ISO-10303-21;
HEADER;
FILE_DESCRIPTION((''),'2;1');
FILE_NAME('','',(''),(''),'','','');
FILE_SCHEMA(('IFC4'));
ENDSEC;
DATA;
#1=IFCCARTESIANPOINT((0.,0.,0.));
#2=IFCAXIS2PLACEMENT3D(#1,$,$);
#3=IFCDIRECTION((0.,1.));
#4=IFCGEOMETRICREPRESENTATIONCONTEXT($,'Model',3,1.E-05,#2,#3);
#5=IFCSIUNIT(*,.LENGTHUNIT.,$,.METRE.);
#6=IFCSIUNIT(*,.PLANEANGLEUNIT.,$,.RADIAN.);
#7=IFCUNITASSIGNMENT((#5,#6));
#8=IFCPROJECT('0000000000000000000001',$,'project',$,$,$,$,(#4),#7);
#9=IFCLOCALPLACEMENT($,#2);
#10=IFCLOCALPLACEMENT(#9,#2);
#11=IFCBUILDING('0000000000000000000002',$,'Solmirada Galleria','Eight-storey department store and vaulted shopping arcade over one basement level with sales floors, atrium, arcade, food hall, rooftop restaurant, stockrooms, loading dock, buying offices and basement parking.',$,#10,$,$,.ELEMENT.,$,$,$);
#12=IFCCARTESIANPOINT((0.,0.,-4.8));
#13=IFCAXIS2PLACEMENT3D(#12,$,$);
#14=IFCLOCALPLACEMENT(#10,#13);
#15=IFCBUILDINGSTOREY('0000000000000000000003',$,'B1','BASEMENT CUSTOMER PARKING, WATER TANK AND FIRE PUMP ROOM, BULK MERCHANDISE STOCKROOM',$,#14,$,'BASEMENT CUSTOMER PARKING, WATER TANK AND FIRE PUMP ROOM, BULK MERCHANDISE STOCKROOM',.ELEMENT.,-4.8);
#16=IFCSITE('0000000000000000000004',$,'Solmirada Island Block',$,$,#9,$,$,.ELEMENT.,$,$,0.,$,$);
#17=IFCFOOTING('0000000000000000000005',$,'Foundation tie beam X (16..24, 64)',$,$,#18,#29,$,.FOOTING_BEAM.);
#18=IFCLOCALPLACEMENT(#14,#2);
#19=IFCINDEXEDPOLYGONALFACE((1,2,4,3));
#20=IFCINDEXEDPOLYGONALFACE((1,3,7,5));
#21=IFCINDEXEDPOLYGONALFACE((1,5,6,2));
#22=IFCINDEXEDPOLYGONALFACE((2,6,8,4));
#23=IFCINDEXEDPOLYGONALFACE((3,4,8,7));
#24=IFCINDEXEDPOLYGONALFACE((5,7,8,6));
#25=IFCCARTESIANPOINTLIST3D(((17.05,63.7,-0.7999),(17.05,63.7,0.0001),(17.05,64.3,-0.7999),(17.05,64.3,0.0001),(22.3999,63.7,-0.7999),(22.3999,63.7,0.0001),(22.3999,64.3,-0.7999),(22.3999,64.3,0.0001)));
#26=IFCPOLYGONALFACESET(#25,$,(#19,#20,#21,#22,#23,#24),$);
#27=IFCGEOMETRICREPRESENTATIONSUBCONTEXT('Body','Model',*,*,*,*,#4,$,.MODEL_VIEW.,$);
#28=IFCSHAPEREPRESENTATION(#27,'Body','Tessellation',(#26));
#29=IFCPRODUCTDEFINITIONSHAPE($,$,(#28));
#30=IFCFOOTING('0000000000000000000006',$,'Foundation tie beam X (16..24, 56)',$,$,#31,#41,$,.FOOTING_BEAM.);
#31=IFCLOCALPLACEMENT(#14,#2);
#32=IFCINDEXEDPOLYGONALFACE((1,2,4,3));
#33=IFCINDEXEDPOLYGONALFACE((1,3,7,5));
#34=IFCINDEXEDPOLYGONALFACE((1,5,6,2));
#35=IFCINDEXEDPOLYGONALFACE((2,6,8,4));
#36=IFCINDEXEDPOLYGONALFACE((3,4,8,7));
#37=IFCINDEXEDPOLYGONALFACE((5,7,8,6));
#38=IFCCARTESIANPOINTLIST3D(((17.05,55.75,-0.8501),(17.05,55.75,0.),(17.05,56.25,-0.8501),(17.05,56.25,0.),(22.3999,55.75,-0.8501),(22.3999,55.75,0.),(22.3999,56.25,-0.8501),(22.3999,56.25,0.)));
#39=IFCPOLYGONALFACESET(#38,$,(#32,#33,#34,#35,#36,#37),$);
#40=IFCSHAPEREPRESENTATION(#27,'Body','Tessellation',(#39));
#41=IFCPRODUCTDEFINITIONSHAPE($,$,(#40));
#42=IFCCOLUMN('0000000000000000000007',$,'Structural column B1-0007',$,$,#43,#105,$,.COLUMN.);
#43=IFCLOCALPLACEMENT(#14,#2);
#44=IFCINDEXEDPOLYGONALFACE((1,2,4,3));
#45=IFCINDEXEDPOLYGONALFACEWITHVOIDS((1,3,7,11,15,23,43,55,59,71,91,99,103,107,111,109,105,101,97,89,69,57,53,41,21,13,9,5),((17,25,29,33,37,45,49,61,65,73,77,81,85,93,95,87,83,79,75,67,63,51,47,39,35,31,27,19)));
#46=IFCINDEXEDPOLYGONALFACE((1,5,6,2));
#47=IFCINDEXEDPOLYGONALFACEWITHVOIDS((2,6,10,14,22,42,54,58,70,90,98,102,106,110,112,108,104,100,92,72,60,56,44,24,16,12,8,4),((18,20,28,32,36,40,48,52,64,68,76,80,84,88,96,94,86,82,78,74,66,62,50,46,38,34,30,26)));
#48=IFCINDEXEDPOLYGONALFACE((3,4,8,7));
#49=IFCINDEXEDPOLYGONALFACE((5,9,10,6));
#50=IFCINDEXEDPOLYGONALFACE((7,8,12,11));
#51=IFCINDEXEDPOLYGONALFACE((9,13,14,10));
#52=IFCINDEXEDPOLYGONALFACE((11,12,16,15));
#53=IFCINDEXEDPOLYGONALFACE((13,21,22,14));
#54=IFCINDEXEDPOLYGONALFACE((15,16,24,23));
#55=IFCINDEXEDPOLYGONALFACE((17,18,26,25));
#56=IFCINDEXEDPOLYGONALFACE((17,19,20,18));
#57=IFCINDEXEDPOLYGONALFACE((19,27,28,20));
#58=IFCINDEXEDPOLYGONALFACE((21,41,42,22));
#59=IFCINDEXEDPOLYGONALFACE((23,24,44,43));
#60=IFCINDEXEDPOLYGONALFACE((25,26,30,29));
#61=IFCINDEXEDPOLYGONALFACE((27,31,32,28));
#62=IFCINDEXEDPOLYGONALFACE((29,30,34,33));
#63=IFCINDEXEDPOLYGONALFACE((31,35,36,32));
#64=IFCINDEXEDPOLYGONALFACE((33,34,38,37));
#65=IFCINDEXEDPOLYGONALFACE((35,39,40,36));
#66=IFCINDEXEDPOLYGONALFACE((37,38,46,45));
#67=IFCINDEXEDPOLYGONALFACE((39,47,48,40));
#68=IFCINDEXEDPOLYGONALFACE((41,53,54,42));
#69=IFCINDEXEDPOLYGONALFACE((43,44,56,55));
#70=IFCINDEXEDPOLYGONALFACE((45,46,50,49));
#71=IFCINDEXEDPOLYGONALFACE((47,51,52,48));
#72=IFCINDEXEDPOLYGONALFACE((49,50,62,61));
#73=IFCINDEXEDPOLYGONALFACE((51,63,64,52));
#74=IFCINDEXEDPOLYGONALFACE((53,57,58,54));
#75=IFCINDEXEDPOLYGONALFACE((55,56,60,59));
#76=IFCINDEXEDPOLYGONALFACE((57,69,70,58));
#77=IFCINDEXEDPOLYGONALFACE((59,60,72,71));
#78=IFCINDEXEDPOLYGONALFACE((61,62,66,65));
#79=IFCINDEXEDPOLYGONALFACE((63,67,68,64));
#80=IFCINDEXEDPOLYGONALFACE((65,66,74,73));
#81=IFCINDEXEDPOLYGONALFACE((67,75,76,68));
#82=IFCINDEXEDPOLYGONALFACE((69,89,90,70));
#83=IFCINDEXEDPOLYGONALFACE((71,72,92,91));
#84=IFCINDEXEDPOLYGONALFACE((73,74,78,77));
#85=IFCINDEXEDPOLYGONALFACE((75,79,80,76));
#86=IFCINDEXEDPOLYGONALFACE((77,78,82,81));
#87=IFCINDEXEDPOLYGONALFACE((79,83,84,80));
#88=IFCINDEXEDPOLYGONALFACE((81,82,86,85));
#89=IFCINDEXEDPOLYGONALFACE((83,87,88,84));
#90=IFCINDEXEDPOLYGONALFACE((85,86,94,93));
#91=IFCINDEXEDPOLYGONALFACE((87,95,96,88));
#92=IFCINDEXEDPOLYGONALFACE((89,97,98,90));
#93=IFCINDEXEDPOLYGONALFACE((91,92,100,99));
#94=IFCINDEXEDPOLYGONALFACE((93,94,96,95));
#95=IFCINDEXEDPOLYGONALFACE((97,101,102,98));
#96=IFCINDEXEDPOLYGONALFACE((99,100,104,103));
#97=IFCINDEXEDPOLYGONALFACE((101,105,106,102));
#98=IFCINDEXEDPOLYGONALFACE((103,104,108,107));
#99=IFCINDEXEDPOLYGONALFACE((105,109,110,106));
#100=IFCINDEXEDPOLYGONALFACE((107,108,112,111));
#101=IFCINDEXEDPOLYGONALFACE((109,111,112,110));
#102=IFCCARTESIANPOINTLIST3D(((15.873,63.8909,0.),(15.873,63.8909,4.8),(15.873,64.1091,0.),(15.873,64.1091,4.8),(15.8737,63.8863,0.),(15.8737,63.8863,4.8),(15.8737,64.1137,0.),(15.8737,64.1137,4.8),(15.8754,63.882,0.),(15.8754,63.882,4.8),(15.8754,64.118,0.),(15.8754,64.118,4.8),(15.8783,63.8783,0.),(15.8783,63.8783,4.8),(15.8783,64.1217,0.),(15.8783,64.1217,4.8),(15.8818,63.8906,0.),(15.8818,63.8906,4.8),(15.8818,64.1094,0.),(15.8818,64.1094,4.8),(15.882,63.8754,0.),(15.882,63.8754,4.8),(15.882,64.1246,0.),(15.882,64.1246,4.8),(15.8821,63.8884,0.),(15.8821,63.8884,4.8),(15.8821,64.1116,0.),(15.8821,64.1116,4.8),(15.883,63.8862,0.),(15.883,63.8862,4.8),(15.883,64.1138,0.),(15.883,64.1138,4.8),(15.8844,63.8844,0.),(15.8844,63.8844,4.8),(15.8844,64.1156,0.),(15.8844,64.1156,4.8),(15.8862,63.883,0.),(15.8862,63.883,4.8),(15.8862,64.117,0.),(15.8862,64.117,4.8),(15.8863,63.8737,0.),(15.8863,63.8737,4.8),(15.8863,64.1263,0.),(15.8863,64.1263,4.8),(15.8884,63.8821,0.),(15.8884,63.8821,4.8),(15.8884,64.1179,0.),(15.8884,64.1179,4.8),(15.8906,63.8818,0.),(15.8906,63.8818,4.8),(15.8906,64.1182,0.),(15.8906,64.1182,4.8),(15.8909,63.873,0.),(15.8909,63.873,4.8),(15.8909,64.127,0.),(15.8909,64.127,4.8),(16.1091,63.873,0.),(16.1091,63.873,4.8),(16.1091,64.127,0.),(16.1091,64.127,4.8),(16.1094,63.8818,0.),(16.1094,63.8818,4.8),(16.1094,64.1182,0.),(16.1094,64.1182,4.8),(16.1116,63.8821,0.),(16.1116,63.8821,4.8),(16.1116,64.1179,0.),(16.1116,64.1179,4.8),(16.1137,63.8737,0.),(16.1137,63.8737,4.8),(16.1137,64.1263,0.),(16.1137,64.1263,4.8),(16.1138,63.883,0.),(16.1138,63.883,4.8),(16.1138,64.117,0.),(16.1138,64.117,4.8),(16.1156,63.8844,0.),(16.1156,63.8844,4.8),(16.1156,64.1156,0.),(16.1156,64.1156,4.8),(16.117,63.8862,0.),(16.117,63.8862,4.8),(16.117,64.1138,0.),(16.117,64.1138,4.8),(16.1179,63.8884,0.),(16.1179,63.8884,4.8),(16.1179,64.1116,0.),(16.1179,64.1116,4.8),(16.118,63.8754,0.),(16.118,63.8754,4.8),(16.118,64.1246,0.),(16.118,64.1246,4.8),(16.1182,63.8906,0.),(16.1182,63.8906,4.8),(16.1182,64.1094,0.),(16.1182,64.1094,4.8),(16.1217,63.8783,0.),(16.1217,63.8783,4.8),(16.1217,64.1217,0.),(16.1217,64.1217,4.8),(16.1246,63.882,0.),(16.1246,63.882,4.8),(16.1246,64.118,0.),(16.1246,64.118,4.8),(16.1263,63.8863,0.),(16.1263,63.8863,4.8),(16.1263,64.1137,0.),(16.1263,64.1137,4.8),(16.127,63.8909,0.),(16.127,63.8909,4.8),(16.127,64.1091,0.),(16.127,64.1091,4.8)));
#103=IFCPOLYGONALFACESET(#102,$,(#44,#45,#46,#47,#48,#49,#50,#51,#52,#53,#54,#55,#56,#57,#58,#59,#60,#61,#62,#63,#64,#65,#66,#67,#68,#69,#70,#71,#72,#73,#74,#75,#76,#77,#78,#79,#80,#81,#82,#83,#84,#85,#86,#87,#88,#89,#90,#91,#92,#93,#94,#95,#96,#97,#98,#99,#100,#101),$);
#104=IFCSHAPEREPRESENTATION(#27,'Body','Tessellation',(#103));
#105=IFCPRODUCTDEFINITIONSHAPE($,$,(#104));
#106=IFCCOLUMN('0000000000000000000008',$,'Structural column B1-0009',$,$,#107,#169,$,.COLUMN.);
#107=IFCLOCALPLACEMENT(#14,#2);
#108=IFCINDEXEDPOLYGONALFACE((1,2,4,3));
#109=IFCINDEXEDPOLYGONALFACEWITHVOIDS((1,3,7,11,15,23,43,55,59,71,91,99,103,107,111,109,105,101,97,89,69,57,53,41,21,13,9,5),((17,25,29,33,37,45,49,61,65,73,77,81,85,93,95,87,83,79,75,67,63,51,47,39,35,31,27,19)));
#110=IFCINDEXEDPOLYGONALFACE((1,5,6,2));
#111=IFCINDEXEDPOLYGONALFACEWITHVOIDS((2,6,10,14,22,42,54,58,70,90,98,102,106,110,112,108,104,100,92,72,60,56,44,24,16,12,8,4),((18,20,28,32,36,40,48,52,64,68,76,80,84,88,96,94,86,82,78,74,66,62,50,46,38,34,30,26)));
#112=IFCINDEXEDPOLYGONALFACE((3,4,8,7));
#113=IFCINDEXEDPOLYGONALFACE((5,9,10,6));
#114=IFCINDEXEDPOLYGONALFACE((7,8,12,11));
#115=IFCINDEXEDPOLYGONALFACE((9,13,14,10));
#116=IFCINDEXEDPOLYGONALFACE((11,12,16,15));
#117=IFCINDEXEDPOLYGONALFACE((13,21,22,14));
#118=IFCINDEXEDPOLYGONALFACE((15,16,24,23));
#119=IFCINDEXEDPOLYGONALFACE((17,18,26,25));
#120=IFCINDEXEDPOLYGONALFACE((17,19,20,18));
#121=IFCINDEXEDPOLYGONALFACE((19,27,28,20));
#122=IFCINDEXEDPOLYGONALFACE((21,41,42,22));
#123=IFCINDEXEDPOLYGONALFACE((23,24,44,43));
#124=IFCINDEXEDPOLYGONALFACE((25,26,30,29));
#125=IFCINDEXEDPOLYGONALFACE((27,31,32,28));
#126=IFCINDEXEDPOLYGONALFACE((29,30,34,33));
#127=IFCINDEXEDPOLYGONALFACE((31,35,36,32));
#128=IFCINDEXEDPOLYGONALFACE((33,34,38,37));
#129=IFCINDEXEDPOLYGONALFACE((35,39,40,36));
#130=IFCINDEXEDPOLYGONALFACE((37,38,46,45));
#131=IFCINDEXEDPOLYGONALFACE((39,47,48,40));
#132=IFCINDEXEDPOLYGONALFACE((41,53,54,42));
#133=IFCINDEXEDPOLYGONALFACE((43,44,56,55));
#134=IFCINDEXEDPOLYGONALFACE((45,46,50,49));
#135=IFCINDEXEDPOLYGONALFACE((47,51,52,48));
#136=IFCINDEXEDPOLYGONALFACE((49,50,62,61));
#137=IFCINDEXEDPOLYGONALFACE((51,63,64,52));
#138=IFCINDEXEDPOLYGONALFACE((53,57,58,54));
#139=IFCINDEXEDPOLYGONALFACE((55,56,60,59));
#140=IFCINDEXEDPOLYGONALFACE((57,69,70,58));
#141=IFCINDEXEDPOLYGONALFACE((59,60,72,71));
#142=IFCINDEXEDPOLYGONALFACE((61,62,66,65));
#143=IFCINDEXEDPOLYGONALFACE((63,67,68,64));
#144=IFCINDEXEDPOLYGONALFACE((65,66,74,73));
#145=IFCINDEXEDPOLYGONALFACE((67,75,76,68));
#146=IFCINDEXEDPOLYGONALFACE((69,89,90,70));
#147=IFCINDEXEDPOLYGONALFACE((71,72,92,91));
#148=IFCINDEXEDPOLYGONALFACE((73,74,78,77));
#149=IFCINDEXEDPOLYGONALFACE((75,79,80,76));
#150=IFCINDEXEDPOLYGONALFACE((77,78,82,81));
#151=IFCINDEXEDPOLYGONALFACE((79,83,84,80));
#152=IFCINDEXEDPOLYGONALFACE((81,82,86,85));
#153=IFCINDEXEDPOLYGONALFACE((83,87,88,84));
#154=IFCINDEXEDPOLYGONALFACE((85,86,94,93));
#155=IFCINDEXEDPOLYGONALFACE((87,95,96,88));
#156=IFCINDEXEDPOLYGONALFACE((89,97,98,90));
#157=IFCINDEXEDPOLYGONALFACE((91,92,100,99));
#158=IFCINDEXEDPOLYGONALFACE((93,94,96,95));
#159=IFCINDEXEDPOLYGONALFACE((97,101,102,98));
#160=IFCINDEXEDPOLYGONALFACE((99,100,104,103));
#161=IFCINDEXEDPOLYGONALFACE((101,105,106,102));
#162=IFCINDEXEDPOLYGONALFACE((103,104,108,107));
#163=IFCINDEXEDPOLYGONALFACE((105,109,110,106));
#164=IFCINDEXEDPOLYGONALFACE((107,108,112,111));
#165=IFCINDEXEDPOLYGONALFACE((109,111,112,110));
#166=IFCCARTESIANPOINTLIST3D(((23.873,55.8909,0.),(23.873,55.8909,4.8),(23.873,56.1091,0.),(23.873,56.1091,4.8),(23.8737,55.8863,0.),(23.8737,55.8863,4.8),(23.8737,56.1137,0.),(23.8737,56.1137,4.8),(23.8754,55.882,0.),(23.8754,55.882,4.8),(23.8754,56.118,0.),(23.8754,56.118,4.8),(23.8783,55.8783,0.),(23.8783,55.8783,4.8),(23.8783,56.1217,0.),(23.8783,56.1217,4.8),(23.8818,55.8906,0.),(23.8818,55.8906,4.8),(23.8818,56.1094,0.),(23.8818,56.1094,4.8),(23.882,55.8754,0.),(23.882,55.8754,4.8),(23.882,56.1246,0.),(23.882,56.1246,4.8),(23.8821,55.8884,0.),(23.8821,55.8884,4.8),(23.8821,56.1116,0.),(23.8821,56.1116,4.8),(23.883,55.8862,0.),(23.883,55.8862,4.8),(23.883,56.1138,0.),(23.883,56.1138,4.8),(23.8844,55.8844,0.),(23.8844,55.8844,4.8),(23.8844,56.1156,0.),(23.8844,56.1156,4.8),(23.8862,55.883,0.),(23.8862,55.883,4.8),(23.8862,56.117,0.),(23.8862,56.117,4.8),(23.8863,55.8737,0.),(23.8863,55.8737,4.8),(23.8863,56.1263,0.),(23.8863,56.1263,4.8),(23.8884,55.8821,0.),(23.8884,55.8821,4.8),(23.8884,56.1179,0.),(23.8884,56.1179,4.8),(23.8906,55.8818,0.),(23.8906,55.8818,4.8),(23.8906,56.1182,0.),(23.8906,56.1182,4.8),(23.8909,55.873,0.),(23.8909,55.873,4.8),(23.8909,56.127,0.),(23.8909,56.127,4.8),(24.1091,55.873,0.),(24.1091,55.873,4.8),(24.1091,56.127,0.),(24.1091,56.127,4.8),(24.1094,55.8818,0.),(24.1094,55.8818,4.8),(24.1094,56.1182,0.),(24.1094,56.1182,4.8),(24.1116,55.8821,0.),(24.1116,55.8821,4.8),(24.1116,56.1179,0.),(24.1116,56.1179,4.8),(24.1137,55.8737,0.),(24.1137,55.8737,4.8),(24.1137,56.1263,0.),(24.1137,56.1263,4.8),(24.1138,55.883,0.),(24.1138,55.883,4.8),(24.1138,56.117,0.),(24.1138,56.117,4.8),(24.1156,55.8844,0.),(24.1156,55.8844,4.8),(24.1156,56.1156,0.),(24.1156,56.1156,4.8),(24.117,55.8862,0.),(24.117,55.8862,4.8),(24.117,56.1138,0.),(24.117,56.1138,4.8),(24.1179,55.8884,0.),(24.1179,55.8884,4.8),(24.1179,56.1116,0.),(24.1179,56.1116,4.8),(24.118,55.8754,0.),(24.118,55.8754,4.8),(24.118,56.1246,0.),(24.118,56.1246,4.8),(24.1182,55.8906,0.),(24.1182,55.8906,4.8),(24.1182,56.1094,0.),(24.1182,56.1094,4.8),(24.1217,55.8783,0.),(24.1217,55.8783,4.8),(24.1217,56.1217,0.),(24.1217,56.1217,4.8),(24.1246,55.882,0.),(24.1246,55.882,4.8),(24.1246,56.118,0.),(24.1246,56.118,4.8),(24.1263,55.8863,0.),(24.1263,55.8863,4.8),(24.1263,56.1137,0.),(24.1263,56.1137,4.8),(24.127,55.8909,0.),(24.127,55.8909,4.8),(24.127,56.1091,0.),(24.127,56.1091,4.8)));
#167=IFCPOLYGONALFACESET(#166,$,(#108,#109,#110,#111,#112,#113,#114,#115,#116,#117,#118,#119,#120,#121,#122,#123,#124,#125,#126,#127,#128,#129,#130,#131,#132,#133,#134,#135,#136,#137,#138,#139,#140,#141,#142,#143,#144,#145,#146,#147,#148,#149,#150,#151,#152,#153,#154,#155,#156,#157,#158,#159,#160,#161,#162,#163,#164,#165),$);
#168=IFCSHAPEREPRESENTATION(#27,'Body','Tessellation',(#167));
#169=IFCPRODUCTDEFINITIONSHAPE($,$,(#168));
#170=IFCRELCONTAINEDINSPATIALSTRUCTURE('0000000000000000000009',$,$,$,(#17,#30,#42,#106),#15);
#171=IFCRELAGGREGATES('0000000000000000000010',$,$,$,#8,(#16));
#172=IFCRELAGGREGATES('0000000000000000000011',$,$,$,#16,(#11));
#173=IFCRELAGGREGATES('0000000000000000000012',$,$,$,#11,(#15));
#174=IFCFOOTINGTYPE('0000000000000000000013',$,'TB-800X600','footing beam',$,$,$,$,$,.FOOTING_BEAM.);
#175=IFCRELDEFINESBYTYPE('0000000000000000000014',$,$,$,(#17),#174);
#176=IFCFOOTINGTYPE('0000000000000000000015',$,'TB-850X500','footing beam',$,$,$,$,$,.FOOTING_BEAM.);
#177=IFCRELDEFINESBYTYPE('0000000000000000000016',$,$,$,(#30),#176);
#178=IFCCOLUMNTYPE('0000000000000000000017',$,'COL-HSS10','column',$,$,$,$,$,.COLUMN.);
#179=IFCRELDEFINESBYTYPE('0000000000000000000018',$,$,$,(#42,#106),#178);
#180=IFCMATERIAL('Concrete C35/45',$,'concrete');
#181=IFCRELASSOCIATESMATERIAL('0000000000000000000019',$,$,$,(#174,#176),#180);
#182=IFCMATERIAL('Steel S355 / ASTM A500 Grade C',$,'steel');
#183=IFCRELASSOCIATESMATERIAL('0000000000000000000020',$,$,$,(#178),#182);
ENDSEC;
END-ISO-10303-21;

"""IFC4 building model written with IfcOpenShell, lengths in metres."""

from ifc_helpers import new_model, si_unit, direction, frame, origin, origin_2d, place, context, subcontext, project, spatial, rectangle, hollow_rectangle, extrude, material, material_profile, profile_set, type_object, element, save


model = new_model("IFC4")

# Units and contexts
model_context = context("Model", 3, precision=1e-05, world=origin(), true_north=direction((0.0, 1.0)))
body_context = subcontext(model_context, "Body", "Model", "MODEL_VIEW")
ifc_project = project(units=[si_unit("LENGTHUNIT", "METRE"), si_unit("PLANEANGLEUNIT", "RADIAN")], contexts=[model_context])

# Site, building, storey
site_placement = place(None, origin())
site = spatial("IfcSite", under=ifc_project, at=site_placement, Name="Solmirada Island Block", CompositionType="ELEMENT", RefElevation=0.0)
building_placement = place(site_placement, origin())
building = spatial("IfcBuilding", under=site, at=building_placement, Name="Solmirada Galleria", Description="Eight-storey department store and vaulted shopping arcade over one basement level with sales floors, atrium, arcade, food hall, rooftop restaurant, stockrooms, loading dock, buying offices and basement parking.", CompositionType="ELEMENT")
storey_placement = place(building_placement, frame((0.0, 0.0, -4.8)))
storey = spatial("IfcBuildingStorey", under=building, at=storey_placement, Name="B1", Description="BASEMENT CUSTOMER PARKING, WATER TANK AND FIRE PUMP ROOM, BULK MERCHANDISE STOCKROOM", LongName="BASEMENT CUSTOMER PARKING, WATER TANK AND FIRE PUMP ROOM, BULK MERCHANDISE STOCKROOM", CompositionType="ELEMENT", Elevation=-4.8)

# Shared definitions
ifc_material_1 = material(Name="Concrete C35/45", Category="concrete")

# Footings
ifc_material_profile_1 = material_profile(ifc_material_1, rectangle(XDim=0.6001, YDim=0.8, at=origin_2d()), Name="RC800X600")
ifc_profile_set_1 = profile_set([ifc_material_profile_1], Name="Concrete C35/45")
footing_type_1 = type_object("IfcFootingType", Name="TB-800X600", Description="footing beam", PredefinedType="FOOTING_BEAM", material=ifc_profile_set_1)
footing_1_placement = place(storey_placement, frame((17.05, 64.0, -0.3999), z_axis=(1.0, 0.0, 0.0), x_axis=(0.0, 1.0, 0.0)))
element("IfcFooting", 1, at=footing_1_placement, inside=storey, type_object=footing_type_1, Name="Foundation tie beam X (16..24, 64)", PredefinedType="FOOTING_BEAM", context=body_context, shape_type="SweptSolid", body=[
    extrude(rectangle(XDim=0.6001, YDim=0.8, at=origin_2d()), origin(), (0.0, 0.0, 1.0), 5.3499),
])
ifc_material_profile_2 = material_profile(ifc_material_1, rectangle(XDim=0.5, YDim=0.8501, at=origin_2d()), Name="RC850X500")
ifc_profile_set_2 = profile_set([ifc_material_profile_2], Name="Concrete C35/45")
footing_type_2 = type_object("IfcFootingType", Name="TB-850X500", Description="footing beam", PredefinedType="FOOTING_BEAM", material=ifc_profile_set_2)
footing_2_placement = place(storey_placement, frame((17.05, 56.0, -0.425), z_axis=(1.0, 0.0, 0.0), x_axis=(0.0, 1.0, 0.0)))
element("IfcFooting", 2, at=footing_2_placement, inside=storey, type_object=footing_type_2, Name="Foundation tie beam X (16..24, 56)", PredefinedType="FOOTING_BEAM", context=body_context, shape_type="SweptSolid", body=[
    extrude(rectangle(XDim=0.5, YDim=0.8501, at=origin_2d()), origin(), (0.0, 0.0, 1.0), 5.3499),
])

# Columns
ifc_material_2 = material(Name="Steel S355 / ASTM A500 Grade C", Category="steel")
ifc_material_profile_3 = material_profile(ifc_material_2, hollow_rectangle(XDim=0.2539, YDim=0.2539, WallThickness=0.0088, InnerFilletRadius=0.0088, OuterFilletRadius=0.0178, at=origin_2d()), Name="HSS10X10X3/8")
ifc_profile_set_3 = profile_set([ifc_material_profile_3], Name="Steel S355 / ASTM A500 Grade C")
column_type = type_object("IfcColumnType", Name="COL-HSS10", Description="column", PredefinedType="COLUMN", material=ifc_profile_set_3)
for number, where, z_axis, x_axis, name in (
    (3, (16.0, 64.0, 0.0), (0.0, 0.0, 1.0), (1.0, 0.0, 0.0), "Structural column B1-0007"),
    (4, (24.0, 56.0, 0.0), (0.0, 0.0, 1.0), (1.0, 0.0, 0.0), "Structural column B1-0009"),
):
    element("IfcColumn", number, at=place(storey_placement, frame(where, z_axis=z_axis, x_axis=x_axis)), inside=storey, type_object=column_type, Name=name, PredefinedType="COLUMN", context=body_context, shape_type="SweptSolid", body=[
        extrude(hollow_rectangle(XDim=0.2539, YDim=0.2539, WallThickness=0.0088, InnerFilletRadius=0.0088, OuterFilletRadius=0.0178, at=origin_2d()), origin(), (0.0, 0.0, 1.0), 4.8),
    ])

save(model, "model.ifc")
